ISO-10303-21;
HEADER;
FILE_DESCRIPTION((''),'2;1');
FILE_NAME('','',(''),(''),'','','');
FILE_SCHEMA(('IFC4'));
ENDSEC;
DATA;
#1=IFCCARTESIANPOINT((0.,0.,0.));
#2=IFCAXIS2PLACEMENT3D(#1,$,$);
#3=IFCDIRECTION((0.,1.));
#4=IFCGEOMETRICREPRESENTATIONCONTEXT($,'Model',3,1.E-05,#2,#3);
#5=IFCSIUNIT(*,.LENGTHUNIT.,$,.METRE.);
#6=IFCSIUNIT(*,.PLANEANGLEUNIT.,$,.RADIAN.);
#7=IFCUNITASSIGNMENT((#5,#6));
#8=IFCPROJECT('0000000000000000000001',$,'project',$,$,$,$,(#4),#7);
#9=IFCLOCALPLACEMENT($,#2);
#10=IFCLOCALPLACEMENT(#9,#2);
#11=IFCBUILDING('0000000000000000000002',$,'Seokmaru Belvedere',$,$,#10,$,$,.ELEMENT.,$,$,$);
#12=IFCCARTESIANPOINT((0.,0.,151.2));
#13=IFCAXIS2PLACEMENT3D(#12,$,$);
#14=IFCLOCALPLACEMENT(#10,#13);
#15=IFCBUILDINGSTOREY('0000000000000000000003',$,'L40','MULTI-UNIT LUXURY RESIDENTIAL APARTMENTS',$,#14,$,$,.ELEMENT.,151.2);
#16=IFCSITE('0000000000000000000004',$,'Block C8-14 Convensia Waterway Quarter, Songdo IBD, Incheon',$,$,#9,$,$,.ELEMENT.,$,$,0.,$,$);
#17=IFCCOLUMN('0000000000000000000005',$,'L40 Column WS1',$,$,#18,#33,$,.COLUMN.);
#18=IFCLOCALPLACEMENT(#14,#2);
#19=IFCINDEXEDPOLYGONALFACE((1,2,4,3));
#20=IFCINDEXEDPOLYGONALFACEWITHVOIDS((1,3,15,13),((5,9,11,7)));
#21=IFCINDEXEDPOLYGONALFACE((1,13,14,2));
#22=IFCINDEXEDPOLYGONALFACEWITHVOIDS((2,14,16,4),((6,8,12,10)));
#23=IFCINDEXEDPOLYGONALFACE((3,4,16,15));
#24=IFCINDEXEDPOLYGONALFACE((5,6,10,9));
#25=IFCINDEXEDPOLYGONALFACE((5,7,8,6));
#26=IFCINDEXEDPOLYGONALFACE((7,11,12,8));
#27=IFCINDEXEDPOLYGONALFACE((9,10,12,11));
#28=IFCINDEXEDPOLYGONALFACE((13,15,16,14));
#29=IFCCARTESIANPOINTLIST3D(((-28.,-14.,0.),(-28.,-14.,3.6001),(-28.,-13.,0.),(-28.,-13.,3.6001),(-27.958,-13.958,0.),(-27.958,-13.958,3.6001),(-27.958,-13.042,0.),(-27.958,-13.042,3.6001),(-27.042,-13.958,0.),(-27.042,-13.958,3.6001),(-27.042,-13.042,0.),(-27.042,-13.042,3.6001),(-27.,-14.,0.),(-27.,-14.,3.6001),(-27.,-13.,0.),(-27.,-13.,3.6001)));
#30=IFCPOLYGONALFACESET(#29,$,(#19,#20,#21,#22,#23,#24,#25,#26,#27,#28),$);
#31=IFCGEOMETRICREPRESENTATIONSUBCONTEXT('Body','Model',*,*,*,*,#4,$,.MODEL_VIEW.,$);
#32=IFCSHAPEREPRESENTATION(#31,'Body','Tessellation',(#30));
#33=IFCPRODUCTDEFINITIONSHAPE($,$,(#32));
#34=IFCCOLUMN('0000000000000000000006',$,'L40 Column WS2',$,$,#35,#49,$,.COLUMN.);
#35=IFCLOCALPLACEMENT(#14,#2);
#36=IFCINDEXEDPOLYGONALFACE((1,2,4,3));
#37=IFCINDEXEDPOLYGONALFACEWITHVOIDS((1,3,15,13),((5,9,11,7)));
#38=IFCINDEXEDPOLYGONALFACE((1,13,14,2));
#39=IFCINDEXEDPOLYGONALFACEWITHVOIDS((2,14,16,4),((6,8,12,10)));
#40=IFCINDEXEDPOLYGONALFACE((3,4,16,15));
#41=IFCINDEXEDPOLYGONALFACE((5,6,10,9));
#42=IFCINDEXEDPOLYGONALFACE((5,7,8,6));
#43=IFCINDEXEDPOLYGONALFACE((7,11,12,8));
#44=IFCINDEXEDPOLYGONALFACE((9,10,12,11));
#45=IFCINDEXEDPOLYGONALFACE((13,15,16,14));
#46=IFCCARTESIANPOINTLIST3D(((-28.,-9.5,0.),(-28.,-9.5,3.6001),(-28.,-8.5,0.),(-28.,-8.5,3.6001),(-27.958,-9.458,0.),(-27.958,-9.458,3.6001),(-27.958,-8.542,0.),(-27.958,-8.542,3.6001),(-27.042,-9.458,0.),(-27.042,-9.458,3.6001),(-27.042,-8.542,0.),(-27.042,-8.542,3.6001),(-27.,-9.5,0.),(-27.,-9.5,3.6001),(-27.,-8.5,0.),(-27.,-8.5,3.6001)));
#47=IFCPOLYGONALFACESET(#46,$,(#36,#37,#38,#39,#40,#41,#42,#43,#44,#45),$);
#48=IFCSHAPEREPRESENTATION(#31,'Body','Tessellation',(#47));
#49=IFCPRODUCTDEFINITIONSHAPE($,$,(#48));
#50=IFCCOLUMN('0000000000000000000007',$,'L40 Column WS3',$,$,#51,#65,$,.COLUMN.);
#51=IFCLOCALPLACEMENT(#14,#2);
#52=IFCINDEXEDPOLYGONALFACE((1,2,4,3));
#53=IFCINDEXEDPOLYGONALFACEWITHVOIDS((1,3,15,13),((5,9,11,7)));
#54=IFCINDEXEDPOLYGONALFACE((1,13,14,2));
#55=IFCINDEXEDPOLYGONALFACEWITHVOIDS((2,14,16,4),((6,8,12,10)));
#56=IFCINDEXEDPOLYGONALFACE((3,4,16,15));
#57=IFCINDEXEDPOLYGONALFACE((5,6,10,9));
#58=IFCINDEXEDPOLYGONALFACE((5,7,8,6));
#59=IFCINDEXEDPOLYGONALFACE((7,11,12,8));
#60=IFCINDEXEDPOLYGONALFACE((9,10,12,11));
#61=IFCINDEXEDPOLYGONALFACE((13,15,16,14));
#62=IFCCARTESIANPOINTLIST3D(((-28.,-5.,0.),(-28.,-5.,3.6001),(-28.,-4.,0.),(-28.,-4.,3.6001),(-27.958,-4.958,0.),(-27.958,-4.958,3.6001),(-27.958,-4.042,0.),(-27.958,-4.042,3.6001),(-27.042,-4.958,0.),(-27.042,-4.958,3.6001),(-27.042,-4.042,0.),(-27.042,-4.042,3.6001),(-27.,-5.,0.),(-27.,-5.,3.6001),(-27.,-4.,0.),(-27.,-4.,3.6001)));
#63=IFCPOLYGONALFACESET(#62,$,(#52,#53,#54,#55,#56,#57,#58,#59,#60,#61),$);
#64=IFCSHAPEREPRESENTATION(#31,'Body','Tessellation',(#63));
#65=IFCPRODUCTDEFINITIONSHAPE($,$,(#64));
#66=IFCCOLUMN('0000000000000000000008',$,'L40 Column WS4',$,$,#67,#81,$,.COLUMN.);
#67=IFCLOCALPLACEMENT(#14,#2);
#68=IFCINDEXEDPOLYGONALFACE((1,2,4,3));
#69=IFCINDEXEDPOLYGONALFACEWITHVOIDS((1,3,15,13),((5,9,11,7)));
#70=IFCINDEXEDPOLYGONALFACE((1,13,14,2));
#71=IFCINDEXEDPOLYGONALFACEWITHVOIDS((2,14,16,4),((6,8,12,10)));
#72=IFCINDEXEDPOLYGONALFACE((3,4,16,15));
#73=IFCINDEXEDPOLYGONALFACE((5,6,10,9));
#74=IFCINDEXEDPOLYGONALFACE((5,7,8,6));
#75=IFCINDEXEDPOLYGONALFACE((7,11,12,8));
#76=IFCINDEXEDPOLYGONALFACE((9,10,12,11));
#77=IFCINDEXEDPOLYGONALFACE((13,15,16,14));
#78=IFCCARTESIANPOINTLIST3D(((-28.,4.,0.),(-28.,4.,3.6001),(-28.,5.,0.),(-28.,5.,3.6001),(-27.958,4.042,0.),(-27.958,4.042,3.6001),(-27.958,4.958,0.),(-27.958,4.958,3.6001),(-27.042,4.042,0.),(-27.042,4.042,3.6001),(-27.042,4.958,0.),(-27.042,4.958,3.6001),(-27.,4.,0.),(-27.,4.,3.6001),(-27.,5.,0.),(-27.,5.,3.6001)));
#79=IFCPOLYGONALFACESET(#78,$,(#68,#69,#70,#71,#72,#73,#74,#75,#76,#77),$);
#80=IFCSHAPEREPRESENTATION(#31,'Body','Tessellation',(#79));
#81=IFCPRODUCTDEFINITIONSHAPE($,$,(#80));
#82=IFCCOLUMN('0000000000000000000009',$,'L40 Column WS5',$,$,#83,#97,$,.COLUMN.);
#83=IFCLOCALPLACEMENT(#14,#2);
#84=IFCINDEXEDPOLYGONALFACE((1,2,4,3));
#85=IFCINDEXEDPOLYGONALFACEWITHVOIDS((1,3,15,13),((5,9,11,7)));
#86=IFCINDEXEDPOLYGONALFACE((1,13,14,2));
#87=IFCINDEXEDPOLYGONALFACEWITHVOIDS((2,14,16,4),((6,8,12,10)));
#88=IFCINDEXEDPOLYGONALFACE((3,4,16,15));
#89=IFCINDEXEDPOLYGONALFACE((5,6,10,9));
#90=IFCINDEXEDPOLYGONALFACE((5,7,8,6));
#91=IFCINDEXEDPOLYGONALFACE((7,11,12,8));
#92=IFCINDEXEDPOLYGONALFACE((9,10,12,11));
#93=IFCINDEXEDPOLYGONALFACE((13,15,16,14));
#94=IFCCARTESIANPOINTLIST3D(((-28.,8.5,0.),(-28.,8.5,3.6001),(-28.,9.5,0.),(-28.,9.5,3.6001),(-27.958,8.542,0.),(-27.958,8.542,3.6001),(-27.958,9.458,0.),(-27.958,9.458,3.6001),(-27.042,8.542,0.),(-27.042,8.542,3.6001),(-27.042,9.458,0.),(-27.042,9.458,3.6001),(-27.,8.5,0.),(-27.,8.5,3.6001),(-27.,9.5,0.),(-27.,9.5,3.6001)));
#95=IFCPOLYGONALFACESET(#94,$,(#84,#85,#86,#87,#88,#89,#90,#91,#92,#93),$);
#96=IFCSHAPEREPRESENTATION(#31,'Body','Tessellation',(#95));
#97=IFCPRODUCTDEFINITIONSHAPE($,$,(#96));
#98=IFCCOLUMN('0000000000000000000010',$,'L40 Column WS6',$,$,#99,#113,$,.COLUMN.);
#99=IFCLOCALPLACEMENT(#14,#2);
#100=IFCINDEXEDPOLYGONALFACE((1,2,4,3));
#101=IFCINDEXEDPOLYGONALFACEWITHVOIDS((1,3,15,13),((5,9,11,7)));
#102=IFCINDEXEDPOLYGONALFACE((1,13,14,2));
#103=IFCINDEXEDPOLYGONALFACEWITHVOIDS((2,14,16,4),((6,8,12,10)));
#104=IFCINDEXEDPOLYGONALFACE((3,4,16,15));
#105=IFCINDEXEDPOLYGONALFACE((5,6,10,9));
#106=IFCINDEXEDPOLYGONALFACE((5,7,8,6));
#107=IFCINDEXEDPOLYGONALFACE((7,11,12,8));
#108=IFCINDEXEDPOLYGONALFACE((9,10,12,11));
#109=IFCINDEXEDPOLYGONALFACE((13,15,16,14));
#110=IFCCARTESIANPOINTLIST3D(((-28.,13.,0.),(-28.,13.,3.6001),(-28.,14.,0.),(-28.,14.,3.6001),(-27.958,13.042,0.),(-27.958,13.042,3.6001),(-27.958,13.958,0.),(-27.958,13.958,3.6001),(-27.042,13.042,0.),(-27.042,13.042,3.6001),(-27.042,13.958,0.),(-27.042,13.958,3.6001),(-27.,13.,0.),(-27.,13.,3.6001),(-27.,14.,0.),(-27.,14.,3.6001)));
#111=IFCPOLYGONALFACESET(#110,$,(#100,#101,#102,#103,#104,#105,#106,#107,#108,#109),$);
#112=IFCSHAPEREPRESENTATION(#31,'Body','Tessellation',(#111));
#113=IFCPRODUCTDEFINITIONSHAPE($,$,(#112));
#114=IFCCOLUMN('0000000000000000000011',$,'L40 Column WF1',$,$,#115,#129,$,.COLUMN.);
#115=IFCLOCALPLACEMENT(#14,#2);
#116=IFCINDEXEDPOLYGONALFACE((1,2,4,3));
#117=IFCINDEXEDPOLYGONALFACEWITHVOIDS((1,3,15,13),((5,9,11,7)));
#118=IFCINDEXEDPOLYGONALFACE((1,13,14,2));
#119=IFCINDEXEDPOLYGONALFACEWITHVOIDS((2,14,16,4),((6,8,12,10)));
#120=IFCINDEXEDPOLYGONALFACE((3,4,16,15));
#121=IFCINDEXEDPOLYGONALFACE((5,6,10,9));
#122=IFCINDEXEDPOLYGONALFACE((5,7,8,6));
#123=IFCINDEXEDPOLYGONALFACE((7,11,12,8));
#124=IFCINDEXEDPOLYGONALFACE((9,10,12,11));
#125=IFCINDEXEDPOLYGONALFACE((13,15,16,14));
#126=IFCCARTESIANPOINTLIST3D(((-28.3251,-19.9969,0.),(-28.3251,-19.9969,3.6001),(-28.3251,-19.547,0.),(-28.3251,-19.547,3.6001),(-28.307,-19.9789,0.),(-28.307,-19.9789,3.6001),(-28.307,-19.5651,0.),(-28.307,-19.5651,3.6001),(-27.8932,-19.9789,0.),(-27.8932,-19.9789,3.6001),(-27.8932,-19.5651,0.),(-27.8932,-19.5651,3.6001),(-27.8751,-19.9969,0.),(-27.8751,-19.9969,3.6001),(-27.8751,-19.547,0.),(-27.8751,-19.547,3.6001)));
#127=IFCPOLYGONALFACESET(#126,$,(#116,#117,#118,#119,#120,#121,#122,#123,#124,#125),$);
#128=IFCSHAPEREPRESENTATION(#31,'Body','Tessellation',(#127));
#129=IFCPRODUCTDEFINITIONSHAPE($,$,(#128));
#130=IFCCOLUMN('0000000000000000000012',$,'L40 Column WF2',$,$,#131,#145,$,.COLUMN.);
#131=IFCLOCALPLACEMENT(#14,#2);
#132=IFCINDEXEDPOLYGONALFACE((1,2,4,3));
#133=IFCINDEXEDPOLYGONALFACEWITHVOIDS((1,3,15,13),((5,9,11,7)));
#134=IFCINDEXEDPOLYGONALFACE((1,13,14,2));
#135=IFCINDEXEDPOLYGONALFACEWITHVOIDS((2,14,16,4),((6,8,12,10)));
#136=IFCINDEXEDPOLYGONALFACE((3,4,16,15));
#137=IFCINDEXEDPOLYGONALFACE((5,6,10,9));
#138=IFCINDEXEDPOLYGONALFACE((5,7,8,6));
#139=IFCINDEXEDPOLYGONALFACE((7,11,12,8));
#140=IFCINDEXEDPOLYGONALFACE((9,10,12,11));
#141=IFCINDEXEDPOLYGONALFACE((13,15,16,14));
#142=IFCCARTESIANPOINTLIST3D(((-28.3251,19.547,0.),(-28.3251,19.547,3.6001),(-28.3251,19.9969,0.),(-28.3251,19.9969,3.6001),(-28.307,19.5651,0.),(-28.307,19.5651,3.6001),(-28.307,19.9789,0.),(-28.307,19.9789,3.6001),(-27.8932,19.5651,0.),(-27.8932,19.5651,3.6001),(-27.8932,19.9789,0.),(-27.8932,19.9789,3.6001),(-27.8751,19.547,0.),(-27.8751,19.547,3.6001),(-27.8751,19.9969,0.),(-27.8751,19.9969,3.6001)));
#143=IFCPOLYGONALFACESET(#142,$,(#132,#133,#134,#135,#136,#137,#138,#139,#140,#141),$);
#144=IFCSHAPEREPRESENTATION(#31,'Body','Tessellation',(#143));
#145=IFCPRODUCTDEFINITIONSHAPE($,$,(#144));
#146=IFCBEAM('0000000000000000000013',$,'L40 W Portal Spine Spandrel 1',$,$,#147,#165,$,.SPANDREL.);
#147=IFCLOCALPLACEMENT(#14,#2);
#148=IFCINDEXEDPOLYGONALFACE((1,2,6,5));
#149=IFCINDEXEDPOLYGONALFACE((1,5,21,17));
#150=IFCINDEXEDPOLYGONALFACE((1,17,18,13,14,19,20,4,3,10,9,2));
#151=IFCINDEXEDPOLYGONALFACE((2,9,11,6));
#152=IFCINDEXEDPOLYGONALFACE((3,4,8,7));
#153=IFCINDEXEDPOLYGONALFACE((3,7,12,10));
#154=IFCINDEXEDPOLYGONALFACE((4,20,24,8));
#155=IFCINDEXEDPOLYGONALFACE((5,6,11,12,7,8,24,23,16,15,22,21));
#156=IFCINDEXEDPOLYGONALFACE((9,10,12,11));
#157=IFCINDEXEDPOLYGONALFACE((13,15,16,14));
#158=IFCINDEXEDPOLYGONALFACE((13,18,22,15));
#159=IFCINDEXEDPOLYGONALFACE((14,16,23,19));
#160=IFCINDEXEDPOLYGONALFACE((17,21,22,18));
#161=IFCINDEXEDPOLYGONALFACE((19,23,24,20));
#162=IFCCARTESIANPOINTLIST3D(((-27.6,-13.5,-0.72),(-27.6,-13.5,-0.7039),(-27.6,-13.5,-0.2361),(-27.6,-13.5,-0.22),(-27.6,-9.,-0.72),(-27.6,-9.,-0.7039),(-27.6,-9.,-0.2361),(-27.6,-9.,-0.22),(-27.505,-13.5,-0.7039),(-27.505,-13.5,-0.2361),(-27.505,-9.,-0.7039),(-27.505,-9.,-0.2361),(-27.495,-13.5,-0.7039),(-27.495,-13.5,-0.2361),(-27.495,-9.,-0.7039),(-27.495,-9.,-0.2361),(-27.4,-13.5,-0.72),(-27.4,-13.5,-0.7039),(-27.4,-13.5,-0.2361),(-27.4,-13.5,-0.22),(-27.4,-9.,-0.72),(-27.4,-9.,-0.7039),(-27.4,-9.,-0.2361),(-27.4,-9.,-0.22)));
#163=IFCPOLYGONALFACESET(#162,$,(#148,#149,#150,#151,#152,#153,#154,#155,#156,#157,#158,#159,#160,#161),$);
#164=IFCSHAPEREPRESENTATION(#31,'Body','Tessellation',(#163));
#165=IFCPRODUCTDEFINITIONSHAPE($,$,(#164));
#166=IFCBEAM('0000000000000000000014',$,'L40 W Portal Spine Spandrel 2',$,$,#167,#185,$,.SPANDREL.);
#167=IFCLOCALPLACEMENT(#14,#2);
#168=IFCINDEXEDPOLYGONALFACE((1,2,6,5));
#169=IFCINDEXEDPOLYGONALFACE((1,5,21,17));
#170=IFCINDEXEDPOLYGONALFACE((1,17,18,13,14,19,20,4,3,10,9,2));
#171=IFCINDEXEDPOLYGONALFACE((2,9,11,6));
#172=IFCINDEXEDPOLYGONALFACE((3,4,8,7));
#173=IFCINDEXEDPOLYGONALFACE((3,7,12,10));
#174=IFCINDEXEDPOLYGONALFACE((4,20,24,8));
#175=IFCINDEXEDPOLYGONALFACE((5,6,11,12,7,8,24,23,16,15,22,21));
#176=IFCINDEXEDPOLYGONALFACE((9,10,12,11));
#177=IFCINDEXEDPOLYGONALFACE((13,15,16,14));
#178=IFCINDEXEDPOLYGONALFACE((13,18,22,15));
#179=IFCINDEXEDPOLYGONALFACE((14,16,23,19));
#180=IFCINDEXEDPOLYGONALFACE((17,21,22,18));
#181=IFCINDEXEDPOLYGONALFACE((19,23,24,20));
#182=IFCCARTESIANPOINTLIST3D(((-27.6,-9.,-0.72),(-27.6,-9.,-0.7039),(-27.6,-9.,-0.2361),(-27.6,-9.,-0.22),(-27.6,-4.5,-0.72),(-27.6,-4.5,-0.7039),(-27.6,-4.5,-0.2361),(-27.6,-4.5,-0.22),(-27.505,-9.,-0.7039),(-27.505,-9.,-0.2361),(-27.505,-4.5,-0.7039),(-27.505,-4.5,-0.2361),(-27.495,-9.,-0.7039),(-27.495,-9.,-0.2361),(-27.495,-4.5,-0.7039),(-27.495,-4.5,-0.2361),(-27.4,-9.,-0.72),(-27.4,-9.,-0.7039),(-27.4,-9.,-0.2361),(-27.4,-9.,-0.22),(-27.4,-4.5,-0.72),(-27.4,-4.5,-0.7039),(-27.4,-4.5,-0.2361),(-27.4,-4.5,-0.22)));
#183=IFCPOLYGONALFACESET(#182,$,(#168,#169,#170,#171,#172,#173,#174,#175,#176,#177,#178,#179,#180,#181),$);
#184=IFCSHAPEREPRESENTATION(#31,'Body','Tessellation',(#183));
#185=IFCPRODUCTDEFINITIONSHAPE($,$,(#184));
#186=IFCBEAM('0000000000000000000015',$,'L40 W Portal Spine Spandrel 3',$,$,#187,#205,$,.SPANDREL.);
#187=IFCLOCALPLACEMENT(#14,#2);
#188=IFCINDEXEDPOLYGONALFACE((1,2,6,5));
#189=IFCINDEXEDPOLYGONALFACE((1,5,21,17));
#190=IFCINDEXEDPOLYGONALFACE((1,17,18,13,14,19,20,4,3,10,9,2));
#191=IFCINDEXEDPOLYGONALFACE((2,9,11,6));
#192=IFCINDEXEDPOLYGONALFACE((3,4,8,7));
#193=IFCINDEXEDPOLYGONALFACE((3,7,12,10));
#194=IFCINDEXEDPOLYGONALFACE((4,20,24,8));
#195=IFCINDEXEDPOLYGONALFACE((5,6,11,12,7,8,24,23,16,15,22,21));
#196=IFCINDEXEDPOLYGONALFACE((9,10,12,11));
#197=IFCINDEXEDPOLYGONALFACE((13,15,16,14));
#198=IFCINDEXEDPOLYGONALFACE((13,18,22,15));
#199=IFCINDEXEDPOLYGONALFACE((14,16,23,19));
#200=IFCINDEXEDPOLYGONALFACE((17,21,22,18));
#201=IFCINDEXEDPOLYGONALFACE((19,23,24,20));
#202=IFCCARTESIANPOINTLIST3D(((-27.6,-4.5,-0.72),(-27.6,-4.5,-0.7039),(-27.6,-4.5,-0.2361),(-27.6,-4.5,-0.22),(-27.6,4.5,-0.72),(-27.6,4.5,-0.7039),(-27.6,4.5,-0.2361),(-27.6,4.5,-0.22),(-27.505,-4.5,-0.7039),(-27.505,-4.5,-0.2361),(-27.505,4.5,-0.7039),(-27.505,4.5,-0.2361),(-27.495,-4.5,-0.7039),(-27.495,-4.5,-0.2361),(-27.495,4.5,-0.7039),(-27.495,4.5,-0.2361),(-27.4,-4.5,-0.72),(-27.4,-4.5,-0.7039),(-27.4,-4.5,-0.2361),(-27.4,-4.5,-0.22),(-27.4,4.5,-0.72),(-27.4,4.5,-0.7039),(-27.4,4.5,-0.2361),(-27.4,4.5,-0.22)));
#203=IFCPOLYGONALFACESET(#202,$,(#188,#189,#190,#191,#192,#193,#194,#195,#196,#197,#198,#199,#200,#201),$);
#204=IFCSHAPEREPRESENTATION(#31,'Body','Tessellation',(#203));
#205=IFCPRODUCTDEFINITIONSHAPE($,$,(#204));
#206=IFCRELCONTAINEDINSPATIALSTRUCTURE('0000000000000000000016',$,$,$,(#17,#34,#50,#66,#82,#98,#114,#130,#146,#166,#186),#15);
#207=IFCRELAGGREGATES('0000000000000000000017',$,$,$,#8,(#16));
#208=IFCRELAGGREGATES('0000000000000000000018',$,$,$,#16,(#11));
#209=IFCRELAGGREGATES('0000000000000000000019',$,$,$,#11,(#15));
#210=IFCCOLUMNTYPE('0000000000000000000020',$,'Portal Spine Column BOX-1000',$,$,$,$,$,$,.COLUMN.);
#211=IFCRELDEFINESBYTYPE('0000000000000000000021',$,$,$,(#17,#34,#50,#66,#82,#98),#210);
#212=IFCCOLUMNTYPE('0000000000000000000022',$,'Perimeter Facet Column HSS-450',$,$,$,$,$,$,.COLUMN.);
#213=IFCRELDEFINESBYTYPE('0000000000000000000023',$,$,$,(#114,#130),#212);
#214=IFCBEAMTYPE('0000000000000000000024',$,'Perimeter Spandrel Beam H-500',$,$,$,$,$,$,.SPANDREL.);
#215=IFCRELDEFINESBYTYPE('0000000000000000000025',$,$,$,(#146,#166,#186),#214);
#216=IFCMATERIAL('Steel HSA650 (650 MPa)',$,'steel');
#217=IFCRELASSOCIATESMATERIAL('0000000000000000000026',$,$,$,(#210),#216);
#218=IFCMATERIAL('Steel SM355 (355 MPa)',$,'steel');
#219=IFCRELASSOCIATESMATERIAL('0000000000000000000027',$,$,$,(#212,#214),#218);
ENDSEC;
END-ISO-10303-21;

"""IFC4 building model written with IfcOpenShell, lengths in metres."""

from ifc_helpers import new_model, si_unit, direction, frame, origin, origin_2d, place, context, subcontext, project, spatial, hollow_rectangle, i_section, extrude, source, transform, mapped, material, material_profile, profile_set, type_object, type_shapes, element, save


model = new_model("IFC4")

# Units and contexts
model_context = context("Model", 3, precision=1e-05, world=origin(), true_north=direction((0.0, 1.0)))
body_context = subcontext(model_context, "Body", "Model", "MODEL_VIEW")
ifc_project = project(units=[si_unit("LENGTHUNIT", "METRE"), si_unit("PLANEANGLEUNIT", "RADIAN")], contexts=[model_context])

# Site, building, storey
site_placement = place(None, origin())
site = spatial("IfcSite", under=ifc_project, at=site_placement, Name="Block C8-14 Convensia Waterway Quarter, Songdo IBD, Incheon", CompositionType="ELEMENT", RefElevation=0.0)
building_placement = place(site_placement, origin())
building = spatial("IfcBuilding", under=site, at=building_placement, Name="Seokmaru Belvedere", CompositionType="ELEMENT")
storey_placement = place(building_placement, frame((0.0, 0.0, 151.2)))
storey = spatial("IfcBuildingStorey", under=building, at=storey_placement, Name="L40", Description="MULTI-UNIT LUXURY RESIDENTIAL APARTMENTS", CompositionType="ELEMENT", Elevation=151.2)

# Columns
ifc_material_1 = material(Name="Steel HSA650 (650 MPa)", Category="steel")
ifc_material_profile_1 = material_profile(ifc_material_1, hollow_rectangle(XDim=1.0, YDim=1.0, WallThickness=0.042, at=origin_2d()), Name="BOX-1000x1000x42")
ifc_profile_set_1 = profile_set([ifc_material_profile_1], Name="Steel HSA650 (650 MPa)")
column_type_1 = type_object("IfcColumnType", Name="Portal Spine Column BOX-1000", PredefinedType="COLUMN", material=ifc_profile_set_1)
shared_shape_1 = source(origin(), body_context, "Body", "SweptSolid", [
    extrude(hollow_rectangle(XDim=1.0, YDim=1.0, WallThickness=0.042, at=origin_2d()), origin(), (0.0, 0.0, 1.0), 3.6001),
])
type_shapes(column_type_1, [shared_shape_1])
for number, where, z_axis, x_axis, name in (
    (1, (-27.5, -13.5, 0.0), (0.0, 0.0, 1.0), (1.0, 0.0, 0.0), "L40 Column WS1"),
    (2, (-27.5, -9.0, 0.0), (0.0, 0.0, 1.0), (1.0, 0.0, 0.0), "L40 Column WS2"),
    (3, (-27.5, -4.5, 0.0), (0.0, 0.0, 1.0), (1.0, 0.0, 0.0), "L40 Column WS3"),
    (4, (-27.5, 4.5, 0.0), (0.0, 0.0, 1.0), (1.0, 0.0, 0.0), "L40 Column WS4"),
    (5, (-27.5, 9.0, 0.0), (0.0, 0.0, 1.0), (1.0, 0.0, 0.0), "L40 Column WS5"),
    (6, (-27.5, 13.5, 0.0), (0.0, 0.0, 1.0), (1.0, 0.0, 0.0), "L40 Column WS6"),
):
    element("IfcColumn", number, at=place(storey_placement, frame(where, z_axis=z_axis, x_axis=x_axis)), inside=storey, type_object=column_type_1, Name=name, PredefinedType="COLUMN", context=body_context, shape_type="MappedRepresentation", body=[
        mapped(shared_shape_1, transform((0.0, 0.0, 0.0), scale=1.0)),
    ])
ifc_material_2 = material(Name="Steel SM355 (355 MPa)", Category="steel")
ifc_material_profile_2 = material_profile(ifc_material_2, hollow_rectangle(XDim=0.45, YDim=0.45, WallThickness=0.0181, at=origin_2d()), Name="HSS-450x450x18")
ifc_profile_set_2 = profile_set([ifc_material_profile_2], Name="Steel SM355 (355 MPa)")
column_type_2 = type_object("IfcColumnType", Name="Perimeter Facet Column HSS-450", PredefinedType="COLUMN", material=ifc_profile_set_2)
shared_shape_2 = source(origin(), body_context, "Body", "SweptSolid", [
    extrude(hollow_rectangle(XDim=0.45, YDim=0.45, WallThickness=0.0181, at=origin_2d()), origin(), (0.0, 0.0, 1.0), 3.6001),
])
type_shapes(column_type_2, [shared_shape_2])
for number, where, z_axis, x_axis, name in (
    (7, (-28.1001, -19.772, 0.0), (0.0, 0.0, 1.0), (1.0, 0.0, 0.0), "L40 Column WF1"),
    (8, (-28.1001, 19.772, 0.0), (0.0, 0.0, 1.0), (1.0, 0.0, 0.0), "L40 Column WF2"),
):
    element("IfcColumn", number, at=place(storey_placement, frame(where, z_axis=z_axis, x_axis=x_axis)), inside=storey, type_object=column_type_2, Name=name, PredefinedType="COLUMN", context=body_context, shape_type="MappedRepresentation", body=[
        mapped(shared_shape_2, transform((0.0, 0.0, 0.0), scale=1.0)),
    ])

# Beams
ifc_material_profile_3 = material_profile(ifc_material_2, i_section(OverallWidth=0.2, OverallDepth=0.5, WebThickness=0.01, FlangeThickness=0.0161, at=origin_2d()), Name="H-500x200x10x16")
ifc_profile_set_3 = profile_set([ifc_material_profile_3], Name="Steel SM355 (355 MPa)")
beam_type = type_object("IfcBeamType", Name="Perimeter Spandrel Beam H-500", PredefinedType="SPANDREL", material=ifc_profile_set_3)
shared_shape_3 = source(origin(), body_context, "Body", "SweptSolid", [
    extrude(i_section(OverallWidth=0.2, OverallDepth=0.5, WebThickness=0.01, FlangeThickness=0.0161, at=origin_2d()), origin(), (0.0, 0.0, 1.0), 4.5),
])
for number, where, z_axis, x_axis, name in (
    (9, (-27.5, -13.5, -0.47), (0.0, 1.0, 0.0), (-1.0, 0.0, 0.0), "L40 W Portal Spine Spandrel 1"),
    (10, (-27.5, -9.0, -0.47), (0.0, 1.0, 0.0), (-1.0, 0.0, 0.0), "L40 W Portal Spine Spandrel 2"),
):
    element("IfcBeam", number, at=place(storey_placement, frame(where, z_axis=z_axis, x_axis=x_axis)), inside=storey, type_object=beam_type, Name=name, PredefinedType="SPANDREL", context=body_context, shape_type="MappedRepresentation", body=[
        mapped(shared_shape_3, transform((0.0, 0.0, 0.0), scale=1.0)),
    ])
shared_shape_4 = source(origin(), body_context, "Body", "SweptSolid", [
    extrude(i_section(OverallWidth=0.2, OverallDepth=0.5, WebThickness=0.01, FlangeThickness=0.0161, at=origin_2d()), origin(), (0.0, 0.0, 1.0), 9.0),
])
beam_placement = place(storey_placement, frame((-27.5, -4.5, -0.47), z_axis=(0.0, 1.0, 0.0), x_axis=(-1.0, 0.0, 0.0)))
element("IfcBeam", 11, at=beam_placement, inside=storey, type_object=beam_type, Name="L40 W Portal Spine Spandrel 3", PredefinedType="SPANDREL", context=body_context, shape_type="MappedRepresentation", body=[
    mapped(shared_shape_4, transform((0.0, 0.0, 0.0), scale=1.0)),
])

save(model, "model.ifc")
